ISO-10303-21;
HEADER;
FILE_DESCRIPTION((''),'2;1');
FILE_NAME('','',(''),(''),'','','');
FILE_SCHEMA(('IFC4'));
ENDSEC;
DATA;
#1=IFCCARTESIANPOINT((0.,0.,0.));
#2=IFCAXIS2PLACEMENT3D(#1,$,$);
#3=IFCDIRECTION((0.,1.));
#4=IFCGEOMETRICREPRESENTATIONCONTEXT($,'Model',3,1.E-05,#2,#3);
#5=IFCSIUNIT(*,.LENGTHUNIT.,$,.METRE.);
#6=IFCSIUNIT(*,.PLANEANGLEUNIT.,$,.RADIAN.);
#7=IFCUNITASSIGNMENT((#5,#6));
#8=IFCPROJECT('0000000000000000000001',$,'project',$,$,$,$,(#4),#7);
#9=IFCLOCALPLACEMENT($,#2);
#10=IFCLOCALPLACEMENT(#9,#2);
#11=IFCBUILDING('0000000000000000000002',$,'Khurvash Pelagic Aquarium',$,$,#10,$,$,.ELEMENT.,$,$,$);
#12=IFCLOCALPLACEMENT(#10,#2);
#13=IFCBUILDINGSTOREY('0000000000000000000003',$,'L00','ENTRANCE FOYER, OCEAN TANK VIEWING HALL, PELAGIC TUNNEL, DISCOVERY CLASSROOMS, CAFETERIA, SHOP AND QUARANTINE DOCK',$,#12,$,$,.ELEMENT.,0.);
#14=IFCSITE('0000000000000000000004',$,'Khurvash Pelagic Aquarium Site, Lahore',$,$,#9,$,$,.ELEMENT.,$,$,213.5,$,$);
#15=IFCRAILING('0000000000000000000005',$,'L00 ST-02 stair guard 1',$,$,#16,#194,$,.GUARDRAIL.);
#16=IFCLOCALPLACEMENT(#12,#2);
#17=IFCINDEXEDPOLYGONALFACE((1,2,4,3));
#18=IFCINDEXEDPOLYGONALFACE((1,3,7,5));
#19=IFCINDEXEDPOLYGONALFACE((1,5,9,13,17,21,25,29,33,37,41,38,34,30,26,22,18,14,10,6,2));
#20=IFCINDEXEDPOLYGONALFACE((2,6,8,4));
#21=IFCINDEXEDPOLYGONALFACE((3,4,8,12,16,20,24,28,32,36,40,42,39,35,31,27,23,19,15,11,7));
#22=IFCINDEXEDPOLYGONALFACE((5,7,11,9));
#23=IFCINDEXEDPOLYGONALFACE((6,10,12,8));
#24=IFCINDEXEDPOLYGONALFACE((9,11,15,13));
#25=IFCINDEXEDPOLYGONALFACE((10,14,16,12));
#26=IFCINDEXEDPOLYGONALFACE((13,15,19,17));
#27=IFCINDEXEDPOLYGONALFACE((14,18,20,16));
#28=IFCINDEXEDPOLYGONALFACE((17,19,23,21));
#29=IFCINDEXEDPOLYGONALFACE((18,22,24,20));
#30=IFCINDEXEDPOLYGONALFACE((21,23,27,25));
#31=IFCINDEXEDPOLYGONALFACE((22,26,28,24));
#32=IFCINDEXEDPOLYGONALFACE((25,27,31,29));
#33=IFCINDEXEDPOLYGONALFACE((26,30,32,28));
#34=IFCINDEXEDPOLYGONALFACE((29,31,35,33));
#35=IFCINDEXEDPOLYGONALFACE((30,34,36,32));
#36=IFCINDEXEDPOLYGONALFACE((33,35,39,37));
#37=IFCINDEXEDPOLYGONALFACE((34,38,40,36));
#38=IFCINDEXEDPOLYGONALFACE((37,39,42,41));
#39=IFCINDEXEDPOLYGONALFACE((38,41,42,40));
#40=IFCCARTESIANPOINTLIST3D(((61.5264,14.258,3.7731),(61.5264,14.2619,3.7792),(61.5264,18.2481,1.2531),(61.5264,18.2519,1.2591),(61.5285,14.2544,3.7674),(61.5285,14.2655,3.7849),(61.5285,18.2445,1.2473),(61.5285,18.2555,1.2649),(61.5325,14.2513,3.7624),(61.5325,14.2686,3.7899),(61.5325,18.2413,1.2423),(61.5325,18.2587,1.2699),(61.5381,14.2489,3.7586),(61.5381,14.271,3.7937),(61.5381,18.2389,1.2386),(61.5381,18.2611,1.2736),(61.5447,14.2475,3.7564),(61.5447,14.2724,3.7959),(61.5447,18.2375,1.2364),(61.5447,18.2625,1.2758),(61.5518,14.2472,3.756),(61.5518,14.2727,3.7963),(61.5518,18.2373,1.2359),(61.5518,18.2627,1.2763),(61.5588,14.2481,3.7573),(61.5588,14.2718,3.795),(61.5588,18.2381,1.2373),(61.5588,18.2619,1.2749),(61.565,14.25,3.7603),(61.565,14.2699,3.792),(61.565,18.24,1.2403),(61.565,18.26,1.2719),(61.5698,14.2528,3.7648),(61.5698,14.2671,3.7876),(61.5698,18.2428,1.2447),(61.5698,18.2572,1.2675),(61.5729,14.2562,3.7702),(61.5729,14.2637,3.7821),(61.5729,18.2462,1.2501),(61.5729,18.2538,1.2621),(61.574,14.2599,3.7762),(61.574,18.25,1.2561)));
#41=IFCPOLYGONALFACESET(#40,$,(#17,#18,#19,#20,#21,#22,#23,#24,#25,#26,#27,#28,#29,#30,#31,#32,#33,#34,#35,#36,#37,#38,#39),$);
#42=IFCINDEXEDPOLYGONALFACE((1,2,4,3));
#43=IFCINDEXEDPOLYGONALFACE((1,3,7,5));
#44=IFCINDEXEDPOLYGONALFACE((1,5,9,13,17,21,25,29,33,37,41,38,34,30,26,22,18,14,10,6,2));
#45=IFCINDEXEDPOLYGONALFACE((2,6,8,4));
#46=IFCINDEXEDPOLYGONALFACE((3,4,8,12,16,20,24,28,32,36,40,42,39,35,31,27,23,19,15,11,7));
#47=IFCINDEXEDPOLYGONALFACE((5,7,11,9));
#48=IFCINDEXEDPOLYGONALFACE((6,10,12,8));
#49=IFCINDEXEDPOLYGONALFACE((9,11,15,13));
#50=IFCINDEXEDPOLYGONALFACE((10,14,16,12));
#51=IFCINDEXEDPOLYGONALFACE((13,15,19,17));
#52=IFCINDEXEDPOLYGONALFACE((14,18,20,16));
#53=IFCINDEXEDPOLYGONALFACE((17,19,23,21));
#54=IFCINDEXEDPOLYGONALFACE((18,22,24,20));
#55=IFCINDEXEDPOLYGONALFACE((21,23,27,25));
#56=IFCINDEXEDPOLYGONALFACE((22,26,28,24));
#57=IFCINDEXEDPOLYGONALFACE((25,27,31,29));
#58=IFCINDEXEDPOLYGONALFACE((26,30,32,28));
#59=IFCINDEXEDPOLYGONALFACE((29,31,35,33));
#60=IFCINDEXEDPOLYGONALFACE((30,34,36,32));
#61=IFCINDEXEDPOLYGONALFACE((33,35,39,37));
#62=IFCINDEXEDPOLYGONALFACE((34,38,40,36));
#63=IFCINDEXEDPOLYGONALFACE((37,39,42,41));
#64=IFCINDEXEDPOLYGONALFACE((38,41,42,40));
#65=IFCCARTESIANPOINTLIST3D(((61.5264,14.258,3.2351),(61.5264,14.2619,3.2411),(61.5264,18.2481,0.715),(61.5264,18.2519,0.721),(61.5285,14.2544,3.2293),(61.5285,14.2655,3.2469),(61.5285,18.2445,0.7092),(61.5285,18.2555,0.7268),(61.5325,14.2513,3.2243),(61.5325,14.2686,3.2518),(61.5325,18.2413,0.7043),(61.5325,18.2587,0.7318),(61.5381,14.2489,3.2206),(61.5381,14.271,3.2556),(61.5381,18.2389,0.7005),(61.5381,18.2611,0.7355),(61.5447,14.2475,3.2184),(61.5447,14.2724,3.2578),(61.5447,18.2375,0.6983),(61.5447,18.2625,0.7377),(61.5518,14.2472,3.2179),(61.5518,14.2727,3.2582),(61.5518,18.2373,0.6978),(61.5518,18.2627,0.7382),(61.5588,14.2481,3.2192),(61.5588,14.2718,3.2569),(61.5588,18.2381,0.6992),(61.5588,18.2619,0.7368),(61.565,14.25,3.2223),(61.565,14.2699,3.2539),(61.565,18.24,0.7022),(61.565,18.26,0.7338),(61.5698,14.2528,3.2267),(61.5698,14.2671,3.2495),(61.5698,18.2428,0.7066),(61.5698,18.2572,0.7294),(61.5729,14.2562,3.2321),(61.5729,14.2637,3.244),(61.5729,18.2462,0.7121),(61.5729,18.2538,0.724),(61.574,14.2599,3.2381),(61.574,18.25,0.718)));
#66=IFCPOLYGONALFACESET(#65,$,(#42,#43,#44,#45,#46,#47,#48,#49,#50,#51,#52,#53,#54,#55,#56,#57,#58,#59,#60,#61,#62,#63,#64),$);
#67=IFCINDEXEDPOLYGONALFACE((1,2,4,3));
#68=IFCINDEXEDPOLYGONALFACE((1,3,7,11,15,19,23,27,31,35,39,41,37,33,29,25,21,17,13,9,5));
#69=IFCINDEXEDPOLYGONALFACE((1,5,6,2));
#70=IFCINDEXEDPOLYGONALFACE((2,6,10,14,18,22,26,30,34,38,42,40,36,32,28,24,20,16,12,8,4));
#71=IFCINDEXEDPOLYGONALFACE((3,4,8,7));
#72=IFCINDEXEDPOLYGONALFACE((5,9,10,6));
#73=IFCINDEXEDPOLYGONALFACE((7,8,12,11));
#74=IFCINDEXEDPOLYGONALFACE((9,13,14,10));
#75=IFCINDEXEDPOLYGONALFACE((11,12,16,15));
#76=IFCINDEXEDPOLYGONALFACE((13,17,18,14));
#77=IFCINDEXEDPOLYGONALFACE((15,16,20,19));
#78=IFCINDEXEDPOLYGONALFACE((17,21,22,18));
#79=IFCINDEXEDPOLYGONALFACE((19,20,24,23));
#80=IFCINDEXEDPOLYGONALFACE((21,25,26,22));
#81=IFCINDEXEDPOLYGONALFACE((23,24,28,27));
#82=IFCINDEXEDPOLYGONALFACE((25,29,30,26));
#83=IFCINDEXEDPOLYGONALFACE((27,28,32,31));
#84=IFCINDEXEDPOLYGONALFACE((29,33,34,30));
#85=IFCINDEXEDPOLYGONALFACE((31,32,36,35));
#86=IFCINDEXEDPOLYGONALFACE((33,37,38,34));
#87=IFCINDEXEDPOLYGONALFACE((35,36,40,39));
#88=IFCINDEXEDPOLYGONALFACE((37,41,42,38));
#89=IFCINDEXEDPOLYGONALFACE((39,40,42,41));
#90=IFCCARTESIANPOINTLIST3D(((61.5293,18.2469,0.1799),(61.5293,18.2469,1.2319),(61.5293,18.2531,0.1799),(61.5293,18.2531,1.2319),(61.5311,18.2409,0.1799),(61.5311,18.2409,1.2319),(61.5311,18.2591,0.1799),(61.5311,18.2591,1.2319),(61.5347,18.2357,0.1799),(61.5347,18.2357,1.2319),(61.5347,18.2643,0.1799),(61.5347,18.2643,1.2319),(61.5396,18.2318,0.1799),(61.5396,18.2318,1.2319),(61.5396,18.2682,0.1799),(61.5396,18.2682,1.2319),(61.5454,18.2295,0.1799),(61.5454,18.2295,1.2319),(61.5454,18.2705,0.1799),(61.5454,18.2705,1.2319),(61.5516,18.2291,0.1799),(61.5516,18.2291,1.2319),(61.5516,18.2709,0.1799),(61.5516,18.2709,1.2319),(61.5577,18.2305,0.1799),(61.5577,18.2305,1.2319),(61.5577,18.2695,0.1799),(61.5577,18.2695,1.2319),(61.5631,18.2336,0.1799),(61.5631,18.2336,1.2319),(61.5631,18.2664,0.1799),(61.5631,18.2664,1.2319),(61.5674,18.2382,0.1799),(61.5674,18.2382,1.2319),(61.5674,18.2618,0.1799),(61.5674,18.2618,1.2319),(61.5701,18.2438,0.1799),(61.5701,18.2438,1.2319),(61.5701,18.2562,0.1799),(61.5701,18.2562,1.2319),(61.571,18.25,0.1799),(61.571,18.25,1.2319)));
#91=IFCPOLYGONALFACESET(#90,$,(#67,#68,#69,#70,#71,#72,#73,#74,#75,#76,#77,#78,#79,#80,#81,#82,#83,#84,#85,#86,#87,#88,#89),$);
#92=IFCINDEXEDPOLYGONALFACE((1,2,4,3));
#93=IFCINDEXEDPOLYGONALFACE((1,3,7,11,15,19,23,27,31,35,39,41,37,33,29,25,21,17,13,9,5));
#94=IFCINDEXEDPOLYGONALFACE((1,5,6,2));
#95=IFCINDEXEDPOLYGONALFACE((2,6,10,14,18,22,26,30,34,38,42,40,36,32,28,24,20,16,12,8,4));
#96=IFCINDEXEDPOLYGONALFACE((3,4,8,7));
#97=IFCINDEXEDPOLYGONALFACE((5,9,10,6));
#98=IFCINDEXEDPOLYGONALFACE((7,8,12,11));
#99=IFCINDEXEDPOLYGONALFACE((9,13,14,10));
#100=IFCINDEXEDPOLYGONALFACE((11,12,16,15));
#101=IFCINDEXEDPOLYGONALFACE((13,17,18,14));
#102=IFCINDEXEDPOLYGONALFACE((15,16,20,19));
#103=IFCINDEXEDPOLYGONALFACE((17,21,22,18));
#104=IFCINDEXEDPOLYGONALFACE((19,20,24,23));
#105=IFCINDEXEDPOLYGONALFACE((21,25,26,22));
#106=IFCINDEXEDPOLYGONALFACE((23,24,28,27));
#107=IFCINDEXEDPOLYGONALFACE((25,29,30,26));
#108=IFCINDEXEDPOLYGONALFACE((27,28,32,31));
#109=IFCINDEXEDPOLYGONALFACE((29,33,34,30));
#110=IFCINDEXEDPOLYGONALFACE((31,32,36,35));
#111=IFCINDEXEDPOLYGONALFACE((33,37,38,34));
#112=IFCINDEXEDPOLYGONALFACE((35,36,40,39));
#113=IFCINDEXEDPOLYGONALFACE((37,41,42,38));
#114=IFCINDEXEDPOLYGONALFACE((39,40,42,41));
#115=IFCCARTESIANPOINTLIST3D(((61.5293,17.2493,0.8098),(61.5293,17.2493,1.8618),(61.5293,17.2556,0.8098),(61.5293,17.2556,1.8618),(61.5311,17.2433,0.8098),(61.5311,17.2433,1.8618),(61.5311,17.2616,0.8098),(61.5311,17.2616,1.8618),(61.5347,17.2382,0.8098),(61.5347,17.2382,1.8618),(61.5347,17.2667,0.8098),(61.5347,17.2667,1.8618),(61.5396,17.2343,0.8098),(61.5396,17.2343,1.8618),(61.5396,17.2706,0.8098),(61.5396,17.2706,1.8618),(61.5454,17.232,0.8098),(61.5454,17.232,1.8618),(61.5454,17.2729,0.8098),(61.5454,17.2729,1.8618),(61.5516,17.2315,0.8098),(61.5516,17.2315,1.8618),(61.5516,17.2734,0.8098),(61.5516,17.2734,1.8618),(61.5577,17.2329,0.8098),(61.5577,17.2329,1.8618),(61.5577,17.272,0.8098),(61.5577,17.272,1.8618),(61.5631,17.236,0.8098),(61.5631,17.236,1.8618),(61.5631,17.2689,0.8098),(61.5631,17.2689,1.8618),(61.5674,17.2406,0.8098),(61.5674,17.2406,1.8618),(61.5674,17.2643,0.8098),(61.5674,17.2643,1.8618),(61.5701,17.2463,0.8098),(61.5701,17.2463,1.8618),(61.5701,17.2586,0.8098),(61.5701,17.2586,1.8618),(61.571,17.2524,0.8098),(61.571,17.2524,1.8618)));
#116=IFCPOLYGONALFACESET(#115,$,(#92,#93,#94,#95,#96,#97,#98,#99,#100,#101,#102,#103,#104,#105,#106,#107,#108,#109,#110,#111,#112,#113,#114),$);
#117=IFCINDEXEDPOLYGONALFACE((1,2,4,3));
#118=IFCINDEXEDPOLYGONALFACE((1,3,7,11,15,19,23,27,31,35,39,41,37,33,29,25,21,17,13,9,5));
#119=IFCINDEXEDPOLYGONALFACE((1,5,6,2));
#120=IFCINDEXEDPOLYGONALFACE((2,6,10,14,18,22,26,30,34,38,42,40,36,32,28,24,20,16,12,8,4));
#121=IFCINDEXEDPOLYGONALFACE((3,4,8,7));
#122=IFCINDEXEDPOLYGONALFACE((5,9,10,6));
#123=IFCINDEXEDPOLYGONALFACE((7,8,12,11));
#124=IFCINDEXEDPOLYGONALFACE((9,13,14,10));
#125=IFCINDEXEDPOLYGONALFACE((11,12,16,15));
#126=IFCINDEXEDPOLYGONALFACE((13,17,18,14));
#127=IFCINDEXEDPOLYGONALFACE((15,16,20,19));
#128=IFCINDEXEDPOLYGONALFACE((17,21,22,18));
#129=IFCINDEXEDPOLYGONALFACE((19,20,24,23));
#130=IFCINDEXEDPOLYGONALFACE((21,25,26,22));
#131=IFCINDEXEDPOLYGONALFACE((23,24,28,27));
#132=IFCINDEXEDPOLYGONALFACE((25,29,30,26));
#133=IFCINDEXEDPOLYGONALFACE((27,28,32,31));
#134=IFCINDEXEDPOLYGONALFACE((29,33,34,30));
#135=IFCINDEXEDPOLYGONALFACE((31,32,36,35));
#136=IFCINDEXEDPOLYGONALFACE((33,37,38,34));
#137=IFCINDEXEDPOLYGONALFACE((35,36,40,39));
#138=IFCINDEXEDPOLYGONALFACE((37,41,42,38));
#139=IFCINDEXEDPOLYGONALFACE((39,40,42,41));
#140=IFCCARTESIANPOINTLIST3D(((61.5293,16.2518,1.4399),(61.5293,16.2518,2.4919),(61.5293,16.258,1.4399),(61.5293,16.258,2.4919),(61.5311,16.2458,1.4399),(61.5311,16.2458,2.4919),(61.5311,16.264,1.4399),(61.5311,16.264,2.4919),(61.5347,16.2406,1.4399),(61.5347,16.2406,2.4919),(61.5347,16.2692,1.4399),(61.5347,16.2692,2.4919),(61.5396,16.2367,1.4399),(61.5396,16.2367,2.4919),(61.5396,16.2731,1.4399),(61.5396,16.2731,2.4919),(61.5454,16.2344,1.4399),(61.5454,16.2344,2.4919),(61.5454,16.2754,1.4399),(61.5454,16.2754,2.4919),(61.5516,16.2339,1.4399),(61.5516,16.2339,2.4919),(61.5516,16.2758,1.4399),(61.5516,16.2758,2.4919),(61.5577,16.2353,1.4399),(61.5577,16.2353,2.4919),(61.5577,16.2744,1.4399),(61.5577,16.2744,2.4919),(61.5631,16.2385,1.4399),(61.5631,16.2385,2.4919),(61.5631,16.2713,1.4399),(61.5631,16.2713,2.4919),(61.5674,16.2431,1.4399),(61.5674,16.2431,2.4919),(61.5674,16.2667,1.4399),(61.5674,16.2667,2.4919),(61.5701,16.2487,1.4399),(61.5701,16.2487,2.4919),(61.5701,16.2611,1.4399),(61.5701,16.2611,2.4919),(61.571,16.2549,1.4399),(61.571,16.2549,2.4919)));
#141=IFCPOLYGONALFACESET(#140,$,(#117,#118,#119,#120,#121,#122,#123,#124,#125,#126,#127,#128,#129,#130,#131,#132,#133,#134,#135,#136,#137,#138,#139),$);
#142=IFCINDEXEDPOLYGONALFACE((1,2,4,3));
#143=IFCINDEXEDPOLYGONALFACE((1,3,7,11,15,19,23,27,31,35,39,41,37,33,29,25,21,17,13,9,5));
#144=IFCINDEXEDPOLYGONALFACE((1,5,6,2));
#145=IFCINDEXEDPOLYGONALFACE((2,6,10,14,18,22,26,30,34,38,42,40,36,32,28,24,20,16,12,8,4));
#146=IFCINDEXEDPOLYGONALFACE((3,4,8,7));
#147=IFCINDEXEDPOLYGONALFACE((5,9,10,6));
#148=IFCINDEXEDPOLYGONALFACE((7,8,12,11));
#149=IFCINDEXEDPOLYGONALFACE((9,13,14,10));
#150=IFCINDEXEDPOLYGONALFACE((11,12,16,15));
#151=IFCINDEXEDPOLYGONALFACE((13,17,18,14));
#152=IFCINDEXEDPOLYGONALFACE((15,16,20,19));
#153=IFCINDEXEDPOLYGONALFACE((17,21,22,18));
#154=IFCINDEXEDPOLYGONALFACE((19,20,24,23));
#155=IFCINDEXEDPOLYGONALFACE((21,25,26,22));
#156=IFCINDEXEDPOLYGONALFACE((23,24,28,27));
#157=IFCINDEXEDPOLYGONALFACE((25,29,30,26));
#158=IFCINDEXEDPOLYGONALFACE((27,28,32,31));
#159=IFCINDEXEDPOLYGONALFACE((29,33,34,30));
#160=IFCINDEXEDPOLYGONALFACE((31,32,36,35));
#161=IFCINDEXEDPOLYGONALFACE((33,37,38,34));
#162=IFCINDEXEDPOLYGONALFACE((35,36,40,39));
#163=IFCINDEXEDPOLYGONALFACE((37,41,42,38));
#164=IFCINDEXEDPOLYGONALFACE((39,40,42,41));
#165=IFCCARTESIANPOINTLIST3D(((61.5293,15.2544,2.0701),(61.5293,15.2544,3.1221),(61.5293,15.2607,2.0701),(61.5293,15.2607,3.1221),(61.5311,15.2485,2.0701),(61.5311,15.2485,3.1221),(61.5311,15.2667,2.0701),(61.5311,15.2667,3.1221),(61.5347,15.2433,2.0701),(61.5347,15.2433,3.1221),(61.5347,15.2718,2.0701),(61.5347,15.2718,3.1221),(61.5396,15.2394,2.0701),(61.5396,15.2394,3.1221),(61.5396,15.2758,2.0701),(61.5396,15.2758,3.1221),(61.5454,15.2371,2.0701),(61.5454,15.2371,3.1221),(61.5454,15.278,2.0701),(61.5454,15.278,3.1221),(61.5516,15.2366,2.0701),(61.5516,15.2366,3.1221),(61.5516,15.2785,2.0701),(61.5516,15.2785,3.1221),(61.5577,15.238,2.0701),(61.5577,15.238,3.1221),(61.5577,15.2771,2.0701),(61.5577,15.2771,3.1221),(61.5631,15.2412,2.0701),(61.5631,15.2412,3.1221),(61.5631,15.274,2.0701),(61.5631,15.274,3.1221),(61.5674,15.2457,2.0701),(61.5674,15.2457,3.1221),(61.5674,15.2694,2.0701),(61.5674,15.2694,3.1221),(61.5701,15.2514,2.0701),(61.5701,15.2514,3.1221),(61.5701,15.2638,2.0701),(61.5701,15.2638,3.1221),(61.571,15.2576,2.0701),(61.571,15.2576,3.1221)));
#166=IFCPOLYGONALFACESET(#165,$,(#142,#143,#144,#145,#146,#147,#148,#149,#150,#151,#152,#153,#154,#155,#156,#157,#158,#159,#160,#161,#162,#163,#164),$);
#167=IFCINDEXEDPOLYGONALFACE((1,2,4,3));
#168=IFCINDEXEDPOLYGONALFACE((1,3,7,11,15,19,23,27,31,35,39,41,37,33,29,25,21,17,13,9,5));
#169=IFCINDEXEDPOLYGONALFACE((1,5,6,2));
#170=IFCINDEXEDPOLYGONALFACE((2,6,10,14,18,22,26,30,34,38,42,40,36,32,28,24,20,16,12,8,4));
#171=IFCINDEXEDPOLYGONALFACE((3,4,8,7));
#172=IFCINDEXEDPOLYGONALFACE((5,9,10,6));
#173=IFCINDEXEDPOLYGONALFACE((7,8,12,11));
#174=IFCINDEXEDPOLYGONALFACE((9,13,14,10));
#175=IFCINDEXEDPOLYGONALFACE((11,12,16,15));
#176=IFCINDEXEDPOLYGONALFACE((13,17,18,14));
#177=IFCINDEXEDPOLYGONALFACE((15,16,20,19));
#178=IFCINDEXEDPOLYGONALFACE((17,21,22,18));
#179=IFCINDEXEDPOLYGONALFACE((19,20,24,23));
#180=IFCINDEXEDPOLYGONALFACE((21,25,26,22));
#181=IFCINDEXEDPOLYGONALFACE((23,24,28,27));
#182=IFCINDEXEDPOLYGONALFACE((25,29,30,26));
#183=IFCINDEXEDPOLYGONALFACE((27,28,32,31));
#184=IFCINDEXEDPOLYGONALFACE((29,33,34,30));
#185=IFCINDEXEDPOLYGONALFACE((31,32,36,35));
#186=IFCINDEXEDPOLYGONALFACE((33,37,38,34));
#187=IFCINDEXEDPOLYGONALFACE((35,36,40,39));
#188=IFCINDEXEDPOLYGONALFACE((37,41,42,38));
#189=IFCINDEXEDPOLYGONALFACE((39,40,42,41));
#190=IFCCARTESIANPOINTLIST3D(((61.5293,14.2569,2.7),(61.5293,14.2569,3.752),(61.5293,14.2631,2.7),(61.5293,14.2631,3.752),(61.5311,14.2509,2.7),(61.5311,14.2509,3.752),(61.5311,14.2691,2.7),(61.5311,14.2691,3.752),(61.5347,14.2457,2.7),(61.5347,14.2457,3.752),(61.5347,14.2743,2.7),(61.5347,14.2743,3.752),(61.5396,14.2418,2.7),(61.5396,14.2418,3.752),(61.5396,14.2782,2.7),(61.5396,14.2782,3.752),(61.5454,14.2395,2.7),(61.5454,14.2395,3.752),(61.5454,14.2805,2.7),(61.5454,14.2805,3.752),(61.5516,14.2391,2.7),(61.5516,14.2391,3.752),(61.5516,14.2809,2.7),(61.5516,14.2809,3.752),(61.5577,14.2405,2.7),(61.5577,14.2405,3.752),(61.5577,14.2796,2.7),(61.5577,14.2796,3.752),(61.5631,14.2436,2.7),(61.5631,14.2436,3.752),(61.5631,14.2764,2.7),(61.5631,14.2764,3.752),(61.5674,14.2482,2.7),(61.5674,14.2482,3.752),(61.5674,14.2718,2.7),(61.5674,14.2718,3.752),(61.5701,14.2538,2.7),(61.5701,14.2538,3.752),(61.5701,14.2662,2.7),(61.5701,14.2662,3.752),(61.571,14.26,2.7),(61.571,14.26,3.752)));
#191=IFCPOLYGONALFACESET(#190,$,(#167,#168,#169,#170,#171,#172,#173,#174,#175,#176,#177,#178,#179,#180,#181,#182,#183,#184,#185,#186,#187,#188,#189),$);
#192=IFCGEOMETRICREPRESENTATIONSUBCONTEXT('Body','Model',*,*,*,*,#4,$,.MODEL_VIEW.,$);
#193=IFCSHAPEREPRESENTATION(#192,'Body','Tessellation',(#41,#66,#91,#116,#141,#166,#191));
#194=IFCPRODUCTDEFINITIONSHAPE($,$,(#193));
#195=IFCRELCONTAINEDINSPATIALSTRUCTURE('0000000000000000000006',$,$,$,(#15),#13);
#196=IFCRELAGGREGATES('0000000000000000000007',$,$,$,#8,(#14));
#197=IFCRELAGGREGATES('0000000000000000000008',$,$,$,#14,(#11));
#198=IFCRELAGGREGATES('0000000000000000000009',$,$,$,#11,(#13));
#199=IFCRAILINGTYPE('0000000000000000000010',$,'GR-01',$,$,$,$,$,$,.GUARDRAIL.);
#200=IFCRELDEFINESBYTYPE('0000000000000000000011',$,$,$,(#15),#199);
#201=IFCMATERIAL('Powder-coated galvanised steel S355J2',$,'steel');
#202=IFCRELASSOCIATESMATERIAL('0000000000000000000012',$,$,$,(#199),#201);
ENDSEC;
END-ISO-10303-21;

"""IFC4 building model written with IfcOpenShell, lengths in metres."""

from ifc_helpers import new_model, si_unit, direction, frame, origin, origin_2d, place, context, subcontext, project, spatial, circle, extrude, material, type_object, element, save


model = new_model("IFC4")

# Units and contexts
model_context = context("Model", 3, precision=1e-05, world=origin(), true_north=direction((0.0, 1.0)))
body_context = subcontext(model_context, "Body", "Model", "MODEL_VIEW")
ifc_project = project(units=[si_unit("LENGTHUNIT", "METRE"), si_unit("PLANEANGLEUNIT", "RADIAN")], contexts=[model_context])

# Site, building, storey
site_placement = place(None, origin())
site = spatial("IfcSite", under=ifc_project, at=site_placement, Name="Khurvash Pelagic Aquarium Site, Lahore", CompositionType="ELEMENT", RefElevation=213.5)
building_placement = place(site_placement, origin())
building = spatial("IfcBuilding", under=site, at=building_placement, Name="Khurvash Pelagic Aquarium", CompositionType="ELEMENT")
storey_placement = place(building_placement, origin())
storey = spatial("IfcBuildingStorey", under=building, at=storey_placement, Name="L00", Description="ENTRANCE FOYER, OCEAN TANK VIEWING HALL, PELAGIC TUNNEL, DISCOVERY CLASSROOMS, CAFETERIA, SHOP AND QUARANTINE DOCK", CompositionType="ELEMENT", Elevation=0.0)

# Railing
ifc_material_1 = material(Name="Powder-coated galvanised steel S355J2", Category="steel")
railing_type_1 = type_object("IfcRailingType", Name="GR-01", PredefinedType="GUARDRAIL", material=ifc_material_1)
railing_1_placement = place(storey_placement, frame((61.55, 18.25, 0.1799)))
element("IfcRailing", 1, at=railing_1_placement, inside=storey, type_object=railing_type_1, Name="L00 ST-02 stair guard 1", PredefinedType="GUARDRAIL", context=body_context, shape_type="SweptSolid", body=[
    extrude(circle(Radius=0.0239, at=origin_2d()), frame((0.0, 0.0, 1.0762), z_axis=(0.0, -0.845486, 0.533997), x_axis=(1.0, 0.0, 0.0)), (0.0, 0.0, 1.0), 4.7192),
    extrude(circle(Radius=0.0239, at=origin_2d()), frame((0.0, 0.0, 0.5381), z_axis=(0.0, -0.845486, 0.533997), x_axis=(1.0, 0.0, 0.0)), (0.0, 0.0, 1.0), 4.7192),
    extrude(circle(Radius=0.021, at=origin_2d()), origin(), (0.0, 0.0, 1.0), 1.052),
    extrude(circle(Radius=0.021, at=origin_2d()), frame((0.0, -0.9976, 0.6299)), (0.0, 0.0, 1.0), 1.052),
    extrude(circle(Radius=0.021, at=origin_2d()), frame((0.0, -1.9951, 1.26)), (0.0, 0.0, 1.0), 1.052),
    extrude(circle(Radius=0.021, at=origin_2d()), frame((0.0, -2.9924, 1.8901)), (0.0, 0.0, 1.0), 1.052),
    extrude(circle(Radius=0.021, at=origin_2d()), frame((0.0, -3.99, 2.52)), (0.0, 0.0, 1.0), 1.052),
])

save(model, "model.ifc")
